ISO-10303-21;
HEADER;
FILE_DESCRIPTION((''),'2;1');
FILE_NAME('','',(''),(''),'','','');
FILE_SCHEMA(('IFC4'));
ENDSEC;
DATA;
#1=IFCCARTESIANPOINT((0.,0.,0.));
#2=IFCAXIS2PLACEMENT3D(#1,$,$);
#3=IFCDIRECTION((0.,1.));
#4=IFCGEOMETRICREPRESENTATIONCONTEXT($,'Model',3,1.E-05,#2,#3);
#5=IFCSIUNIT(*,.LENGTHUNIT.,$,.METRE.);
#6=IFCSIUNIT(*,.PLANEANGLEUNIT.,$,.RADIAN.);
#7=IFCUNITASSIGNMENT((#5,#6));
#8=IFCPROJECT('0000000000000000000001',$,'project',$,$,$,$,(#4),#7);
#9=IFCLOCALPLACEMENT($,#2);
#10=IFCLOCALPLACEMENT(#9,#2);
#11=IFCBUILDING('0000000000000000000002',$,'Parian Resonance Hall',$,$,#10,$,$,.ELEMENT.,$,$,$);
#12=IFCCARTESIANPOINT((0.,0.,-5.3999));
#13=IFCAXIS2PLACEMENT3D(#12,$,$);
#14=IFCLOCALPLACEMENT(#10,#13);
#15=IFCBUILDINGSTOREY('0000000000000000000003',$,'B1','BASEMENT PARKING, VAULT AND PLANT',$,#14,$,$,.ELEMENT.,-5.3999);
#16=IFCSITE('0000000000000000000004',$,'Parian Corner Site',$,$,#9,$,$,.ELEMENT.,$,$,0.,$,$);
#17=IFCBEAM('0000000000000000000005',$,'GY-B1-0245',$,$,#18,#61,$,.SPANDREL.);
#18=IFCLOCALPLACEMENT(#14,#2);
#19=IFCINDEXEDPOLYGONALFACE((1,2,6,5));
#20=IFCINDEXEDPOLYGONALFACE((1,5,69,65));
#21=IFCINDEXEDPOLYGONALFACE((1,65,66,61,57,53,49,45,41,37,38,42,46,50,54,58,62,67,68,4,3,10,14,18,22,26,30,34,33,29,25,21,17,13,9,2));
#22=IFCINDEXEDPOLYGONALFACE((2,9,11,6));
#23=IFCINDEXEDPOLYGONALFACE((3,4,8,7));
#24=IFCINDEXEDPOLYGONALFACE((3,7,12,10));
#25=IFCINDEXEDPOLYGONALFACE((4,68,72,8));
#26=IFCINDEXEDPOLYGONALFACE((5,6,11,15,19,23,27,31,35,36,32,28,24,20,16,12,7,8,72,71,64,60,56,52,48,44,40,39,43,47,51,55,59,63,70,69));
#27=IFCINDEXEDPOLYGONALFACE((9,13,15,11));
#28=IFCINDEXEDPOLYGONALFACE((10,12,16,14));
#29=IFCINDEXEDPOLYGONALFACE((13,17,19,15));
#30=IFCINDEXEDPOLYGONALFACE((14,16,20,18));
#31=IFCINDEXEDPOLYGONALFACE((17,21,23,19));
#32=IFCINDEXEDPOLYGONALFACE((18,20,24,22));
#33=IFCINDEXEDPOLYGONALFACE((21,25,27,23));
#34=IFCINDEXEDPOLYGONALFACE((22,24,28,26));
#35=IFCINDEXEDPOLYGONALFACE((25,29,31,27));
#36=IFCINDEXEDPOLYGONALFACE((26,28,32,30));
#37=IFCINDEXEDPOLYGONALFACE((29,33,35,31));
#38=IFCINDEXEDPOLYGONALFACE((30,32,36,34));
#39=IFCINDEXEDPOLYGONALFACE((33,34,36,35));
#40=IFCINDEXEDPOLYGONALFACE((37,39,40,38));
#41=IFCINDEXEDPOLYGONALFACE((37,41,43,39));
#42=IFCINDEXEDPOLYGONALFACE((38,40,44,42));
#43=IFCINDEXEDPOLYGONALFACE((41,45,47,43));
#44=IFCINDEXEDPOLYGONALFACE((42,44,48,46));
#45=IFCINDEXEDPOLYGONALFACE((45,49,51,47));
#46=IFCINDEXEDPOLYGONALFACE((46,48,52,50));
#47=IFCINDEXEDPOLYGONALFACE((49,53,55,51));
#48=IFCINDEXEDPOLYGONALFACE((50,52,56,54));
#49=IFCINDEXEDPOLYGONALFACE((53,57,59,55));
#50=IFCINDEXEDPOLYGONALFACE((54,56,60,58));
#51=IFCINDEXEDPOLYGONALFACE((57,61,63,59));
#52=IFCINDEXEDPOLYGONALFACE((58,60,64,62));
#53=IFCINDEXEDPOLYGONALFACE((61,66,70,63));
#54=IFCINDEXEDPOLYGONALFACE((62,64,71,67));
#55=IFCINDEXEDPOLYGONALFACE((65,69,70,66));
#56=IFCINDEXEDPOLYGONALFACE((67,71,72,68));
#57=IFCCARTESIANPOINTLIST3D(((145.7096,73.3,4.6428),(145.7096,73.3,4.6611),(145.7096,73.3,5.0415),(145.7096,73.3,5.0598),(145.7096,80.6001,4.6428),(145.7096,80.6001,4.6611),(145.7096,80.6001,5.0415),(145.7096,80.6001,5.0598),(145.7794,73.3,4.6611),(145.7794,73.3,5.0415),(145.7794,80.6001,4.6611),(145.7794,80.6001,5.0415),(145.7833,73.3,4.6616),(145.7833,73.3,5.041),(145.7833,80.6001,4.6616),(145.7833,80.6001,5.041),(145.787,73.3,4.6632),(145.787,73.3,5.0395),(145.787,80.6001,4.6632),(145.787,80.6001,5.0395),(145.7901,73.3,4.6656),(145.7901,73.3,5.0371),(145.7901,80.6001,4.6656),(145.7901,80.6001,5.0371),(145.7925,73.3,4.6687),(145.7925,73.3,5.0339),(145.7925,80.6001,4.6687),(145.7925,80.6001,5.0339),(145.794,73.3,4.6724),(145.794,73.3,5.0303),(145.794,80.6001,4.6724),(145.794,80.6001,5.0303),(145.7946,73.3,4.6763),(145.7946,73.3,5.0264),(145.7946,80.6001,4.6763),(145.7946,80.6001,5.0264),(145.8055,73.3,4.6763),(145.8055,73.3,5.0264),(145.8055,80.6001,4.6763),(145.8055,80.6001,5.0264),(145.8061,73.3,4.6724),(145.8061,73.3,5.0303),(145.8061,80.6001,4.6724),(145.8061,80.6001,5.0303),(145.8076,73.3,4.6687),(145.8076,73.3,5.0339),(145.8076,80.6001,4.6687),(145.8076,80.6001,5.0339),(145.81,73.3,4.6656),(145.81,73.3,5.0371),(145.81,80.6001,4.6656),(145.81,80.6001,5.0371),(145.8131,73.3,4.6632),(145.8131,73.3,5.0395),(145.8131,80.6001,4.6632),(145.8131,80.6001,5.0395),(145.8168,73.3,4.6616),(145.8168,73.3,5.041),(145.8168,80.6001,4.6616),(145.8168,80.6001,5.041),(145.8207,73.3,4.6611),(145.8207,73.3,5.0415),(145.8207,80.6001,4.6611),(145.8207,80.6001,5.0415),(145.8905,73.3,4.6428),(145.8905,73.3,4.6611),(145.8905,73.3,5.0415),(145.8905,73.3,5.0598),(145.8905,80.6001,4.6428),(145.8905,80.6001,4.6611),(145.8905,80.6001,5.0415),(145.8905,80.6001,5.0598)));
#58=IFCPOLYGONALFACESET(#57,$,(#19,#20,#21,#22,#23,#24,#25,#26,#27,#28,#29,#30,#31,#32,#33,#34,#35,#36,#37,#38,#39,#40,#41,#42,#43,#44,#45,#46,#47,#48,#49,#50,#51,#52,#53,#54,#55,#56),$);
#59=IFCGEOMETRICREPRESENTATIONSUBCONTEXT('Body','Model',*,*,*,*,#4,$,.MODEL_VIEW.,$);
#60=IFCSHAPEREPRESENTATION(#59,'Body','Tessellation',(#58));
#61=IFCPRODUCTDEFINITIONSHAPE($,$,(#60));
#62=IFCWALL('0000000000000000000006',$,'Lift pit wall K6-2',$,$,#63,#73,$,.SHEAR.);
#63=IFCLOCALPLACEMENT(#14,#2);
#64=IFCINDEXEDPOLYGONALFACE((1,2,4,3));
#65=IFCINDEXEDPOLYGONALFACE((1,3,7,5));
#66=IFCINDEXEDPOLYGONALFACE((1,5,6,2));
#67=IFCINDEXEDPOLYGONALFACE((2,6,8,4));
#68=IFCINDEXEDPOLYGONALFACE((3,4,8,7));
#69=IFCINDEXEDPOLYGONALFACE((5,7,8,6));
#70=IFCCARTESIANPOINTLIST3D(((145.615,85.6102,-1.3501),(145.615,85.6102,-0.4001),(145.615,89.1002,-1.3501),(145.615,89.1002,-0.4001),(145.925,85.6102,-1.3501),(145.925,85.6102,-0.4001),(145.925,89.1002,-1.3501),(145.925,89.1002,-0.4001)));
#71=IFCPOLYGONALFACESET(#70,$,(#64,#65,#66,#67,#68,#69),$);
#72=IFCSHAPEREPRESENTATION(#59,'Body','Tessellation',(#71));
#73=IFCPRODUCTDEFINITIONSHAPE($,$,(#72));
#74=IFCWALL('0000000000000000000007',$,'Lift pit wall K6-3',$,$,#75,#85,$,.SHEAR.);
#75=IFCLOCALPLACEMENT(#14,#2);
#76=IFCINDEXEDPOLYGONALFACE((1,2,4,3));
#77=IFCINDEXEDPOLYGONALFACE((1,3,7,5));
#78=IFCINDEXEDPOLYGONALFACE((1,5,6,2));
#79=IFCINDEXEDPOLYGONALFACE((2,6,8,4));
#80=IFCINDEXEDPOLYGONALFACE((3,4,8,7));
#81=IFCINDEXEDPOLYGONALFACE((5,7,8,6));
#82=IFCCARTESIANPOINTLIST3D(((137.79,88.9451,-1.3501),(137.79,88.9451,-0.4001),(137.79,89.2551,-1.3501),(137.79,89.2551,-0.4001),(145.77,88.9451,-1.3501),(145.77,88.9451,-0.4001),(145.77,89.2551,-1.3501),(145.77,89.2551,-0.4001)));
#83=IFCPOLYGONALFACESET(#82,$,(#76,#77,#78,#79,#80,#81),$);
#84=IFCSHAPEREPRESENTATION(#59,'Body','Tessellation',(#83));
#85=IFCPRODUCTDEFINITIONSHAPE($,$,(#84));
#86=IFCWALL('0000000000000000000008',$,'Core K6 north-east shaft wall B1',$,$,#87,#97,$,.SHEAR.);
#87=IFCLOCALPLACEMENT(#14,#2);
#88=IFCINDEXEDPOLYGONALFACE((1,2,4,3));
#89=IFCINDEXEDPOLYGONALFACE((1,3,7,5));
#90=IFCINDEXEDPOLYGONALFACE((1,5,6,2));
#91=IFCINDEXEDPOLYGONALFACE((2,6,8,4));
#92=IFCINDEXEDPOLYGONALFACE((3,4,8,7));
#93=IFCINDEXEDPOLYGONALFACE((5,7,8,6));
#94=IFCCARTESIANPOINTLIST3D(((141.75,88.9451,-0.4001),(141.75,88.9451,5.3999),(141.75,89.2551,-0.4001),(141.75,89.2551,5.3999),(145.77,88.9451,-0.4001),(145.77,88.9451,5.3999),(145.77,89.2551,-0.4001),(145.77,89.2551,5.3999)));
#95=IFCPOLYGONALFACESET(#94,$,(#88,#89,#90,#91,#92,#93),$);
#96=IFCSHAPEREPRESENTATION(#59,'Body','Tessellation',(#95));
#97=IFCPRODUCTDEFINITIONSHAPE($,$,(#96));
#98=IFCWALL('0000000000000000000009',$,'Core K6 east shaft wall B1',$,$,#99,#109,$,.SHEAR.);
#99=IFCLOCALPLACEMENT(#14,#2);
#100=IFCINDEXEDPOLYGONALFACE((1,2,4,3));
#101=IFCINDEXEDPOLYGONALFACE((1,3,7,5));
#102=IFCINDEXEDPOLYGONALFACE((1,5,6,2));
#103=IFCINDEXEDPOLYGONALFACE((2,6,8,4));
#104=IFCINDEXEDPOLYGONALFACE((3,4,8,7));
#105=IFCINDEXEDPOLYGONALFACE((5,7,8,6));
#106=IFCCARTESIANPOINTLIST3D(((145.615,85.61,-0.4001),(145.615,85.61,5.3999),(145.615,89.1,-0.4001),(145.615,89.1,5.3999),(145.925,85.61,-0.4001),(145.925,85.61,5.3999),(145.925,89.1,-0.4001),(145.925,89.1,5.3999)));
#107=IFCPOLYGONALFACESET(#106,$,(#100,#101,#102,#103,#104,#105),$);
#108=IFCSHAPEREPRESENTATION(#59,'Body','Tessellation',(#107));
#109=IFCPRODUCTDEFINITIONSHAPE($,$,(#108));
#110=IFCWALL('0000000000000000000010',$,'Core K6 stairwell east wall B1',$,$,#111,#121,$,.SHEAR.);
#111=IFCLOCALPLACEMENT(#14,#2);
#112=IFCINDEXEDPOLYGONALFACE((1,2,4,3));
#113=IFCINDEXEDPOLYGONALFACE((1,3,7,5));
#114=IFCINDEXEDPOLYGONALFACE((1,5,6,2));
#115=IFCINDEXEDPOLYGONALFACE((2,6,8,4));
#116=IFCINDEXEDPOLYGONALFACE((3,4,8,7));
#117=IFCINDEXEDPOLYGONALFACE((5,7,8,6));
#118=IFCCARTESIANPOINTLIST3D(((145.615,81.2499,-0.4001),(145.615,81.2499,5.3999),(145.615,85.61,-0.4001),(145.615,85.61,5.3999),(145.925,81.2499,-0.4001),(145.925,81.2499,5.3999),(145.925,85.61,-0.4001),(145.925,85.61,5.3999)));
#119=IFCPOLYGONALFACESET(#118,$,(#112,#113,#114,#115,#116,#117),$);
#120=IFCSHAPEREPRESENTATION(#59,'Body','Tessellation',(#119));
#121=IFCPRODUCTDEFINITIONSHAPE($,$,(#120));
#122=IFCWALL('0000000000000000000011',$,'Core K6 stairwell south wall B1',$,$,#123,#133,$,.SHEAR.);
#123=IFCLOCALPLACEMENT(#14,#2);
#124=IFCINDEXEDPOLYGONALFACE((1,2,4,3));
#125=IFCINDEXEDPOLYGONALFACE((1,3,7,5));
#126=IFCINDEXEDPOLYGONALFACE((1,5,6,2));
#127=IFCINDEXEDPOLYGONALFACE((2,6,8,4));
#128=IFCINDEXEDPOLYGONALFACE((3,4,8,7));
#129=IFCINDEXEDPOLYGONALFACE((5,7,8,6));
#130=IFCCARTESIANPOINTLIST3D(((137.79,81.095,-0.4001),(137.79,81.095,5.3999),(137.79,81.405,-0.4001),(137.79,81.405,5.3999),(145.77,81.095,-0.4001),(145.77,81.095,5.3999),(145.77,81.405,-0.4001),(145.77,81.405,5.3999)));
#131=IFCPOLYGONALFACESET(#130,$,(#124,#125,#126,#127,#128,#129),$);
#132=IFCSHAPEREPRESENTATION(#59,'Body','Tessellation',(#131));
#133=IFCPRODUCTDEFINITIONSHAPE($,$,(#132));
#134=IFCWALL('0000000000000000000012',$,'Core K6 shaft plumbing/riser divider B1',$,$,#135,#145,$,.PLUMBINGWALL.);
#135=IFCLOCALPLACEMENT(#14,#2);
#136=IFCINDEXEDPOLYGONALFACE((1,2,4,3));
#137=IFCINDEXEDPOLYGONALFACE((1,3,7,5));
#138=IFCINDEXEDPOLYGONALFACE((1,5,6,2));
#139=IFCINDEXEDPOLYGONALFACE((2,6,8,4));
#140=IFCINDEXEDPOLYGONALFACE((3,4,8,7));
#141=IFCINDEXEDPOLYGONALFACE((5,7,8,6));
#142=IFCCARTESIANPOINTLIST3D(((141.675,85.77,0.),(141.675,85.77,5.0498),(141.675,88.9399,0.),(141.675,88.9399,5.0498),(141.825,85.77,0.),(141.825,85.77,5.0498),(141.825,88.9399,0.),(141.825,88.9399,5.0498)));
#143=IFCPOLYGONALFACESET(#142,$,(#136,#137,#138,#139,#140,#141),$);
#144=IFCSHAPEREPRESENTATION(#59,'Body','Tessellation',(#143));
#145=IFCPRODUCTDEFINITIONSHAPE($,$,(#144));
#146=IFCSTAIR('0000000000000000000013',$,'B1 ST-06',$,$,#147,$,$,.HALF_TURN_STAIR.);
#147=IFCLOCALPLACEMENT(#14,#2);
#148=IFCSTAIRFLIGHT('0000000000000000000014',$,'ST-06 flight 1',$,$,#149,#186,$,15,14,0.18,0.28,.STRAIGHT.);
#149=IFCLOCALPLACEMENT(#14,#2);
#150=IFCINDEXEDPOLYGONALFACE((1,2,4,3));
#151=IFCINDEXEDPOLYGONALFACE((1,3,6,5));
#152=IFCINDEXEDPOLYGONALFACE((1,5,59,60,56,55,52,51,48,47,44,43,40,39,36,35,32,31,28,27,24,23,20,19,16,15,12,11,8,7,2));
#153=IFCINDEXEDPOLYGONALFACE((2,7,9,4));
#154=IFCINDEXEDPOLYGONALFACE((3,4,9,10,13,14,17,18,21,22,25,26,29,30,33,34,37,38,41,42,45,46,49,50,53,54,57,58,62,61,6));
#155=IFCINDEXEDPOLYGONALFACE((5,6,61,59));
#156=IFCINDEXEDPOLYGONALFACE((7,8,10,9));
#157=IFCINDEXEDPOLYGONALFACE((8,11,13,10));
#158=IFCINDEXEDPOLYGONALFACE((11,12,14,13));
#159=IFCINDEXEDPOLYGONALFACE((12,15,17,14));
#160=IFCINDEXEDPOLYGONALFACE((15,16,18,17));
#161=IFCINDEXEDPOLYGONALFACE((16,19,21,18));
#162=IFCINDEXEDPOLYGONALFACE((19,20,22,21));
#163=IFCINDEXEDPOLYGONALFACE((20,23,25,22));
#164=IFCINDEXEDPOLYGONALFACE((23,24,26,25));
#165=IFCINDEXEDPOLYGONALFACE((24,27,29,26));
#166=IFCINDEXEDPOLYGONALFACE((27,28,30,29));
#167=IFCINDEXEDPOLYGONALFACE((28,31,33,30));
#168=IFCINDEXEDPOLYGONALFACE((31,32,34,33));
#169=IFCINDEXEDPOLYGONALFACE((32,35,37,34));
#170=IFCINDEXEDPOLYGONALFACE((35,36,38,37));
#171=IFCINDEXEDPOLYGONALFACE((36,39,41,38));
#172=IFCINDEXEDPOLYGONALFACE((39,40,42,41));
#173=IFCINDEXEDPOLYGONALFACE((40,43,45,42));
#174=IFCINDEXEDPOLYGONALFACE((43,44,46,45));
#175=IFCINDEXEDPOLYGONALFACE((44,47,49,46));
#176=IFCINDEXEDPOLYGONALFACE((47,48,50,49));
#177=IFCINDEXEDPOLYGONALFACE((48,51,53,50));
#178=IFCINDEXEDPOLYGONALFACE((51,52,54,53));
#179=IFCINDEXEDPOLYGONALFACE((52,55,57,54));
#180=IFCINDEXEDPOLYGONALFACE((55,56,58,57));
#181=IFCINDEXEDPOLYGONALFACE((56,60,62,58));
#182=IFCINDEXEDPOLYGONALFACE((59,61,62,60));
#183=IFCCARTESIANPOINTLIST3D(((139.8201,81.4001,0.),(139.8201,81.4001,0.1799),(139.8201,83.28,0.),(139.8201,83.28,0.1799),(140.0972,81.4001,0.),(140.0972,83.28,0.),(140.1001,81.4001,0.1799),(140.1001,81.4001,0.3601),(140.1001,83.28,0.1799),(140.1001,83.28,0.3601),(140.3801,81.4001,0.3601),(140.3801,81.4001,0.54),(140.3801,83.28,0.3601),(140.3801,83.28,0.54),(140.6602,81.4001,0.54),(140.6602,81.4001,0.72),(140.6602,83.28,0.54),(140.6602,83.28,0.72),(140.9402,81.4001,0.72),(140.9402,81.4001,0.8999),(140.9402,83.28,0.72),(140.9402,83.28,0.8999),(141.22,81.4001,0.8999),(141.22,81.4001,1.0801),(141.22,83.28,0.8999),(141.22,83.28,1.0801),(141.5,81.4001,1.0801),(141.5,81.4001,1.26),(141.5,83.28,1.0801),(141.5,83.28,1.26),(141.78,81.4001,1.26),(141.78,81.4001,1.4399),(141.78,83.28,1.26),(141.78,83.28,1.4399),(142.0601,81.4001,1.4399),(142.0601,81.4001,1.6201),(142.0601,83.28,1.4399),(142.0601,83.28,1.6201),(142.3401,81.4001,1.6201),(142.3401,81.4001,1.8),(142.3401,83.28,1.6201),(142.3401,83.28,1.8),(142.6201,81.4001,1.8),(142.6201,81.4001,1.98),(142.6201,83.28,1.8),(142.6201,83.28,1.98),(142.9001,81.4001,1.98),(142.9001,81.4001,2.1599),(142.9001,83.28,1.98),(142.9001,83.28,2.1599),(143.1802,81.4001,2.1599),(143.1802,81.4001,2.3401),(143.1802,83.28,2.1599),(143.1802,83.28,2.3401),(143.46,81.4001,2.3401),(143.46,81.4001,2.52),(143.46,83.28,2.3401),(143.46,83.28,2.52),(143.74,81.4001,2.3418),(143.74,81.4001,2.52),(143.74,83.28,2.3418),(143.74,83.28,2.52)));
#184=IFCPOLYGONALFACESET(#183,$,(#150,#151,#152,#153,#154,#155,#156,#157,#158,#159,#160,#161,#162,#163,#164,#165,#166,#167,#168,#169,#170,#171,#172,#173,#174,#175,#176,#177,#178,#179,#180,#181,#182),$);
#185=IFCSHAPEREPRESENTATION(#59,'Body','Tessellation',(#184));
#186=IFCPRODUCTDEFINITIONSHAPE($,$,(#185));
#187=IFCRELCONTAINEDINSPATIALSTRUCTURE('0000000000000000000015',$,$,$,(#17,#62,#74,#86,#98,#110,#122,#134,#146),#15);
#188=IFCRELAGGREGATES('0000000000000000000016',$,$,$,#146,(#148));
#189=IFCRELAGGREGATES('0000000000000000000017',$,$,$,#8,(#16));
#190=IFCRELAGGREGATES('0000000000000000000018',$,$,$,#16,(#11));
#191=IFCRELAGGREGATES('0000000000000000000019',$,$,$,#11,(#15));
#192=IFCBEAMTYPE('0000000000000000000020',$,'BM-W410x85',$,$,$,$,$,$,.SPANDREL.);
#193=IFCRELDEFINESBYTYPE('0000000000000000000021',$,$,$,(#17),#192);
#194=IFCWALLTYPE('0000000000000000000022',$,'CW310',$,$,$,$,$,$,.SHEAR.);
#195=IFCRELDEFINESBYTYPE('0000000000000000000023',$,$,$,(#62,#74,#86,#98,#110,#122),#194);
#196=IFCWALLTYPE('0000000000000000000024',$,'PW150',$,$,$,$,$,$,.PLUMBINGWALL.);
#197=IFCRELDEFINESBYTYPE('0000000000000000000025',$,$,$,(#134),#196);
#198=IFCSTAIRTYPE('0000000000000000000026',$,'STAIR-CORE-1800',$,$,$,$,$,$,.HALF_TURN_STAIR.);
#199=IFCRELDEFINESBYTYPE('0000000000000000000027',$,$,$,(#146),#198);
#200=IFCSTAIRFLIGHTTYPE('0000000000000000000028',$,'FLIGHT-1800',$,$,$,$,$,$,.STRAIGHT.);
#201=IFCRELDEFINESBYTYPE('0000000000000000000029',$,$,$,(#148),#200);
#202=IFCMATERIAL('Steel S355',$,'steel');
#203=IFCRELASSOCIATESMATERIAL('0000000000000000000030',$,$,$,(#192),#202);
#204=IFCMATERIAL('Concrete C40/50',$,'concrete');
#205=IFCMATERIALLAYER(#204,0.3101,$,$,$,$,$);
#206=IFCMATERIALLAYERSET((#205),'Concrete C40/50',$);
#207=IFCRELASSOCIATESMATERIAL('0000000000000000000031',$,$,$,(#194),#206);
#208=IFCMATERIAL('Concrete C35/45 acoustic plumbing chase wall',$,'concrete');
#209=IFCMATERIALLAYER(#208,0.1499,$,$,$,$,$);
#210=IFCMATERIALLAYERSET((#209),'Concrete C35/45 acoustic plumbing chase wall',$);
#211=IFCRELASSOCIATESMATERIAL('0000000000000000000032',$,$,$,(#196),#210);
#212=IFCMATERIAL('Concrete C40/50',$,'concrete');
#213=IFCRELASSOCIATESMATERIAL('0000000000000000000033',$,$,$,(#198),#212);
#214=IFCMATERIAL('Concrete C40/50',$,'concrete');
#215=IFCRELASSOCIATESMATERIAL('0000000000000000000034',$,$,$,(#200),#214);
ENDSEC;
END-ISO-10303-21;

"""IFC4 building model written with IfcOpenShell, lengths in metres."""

from ifc_helpers import new_model, si_unit, direction, frame, frame_2d, origin, origin_2d, place, context, subcontext, project, spatial, polyline, rectangle, i_section, outline, extrude, material, layer, layer_set, material_profile, profile_set, type_object, element, aggregate, save


model = new_model("IFC4")

# Units and contexts
model_context = context("Model", 3, precision=1e-05, world=origin(), true_north=direction((0.0, 1.0)))
body_context = subcontext(model_context, "Body", "Model", "MODEL_VIEW")
ifc_project = project(units=[si_unit("LENGTHUNIT", "METRE"), si_unit("PLANEANGLEUNIT", "RADIAN")], contexts=[model_context])

# Site, building, storey
site_placement = place(None, origin())
site = spatial("IfcSite", under=ifc_project, at=site_placement, Name="Parian Corner Site", CompositionType="ELEMENT", RefElevation=0.0)
building_placement = place(site_placement, origin())
building = spatial("IfcBuilding", under=site, at=building_placement, Name="Parian Resonance Hall", CompositionType="ELEMENT")
storey_placement = place(building_placement, frame((0.0, 0.0, -5.3999)))
storey = spatial("IfcBuildingStorey", under=building, at=storey_placement, Name="B1", Description="BASEMENT PARKING, VAULT AND PLANT", CompositionType="ELEMENT", Elevation=-5.3999)

# Beam
ifc_material_1 = material(Name="Steel S355", Category="steel")
ifc_material_profile_1 = material_profile(ifc_material_1, i_section(OverallWidth=0.1809, OverallDepth=0.417, WebThickness=0.011, FlangeThickness=0.0183, FilletRadius=0.0151, at=origin_2d()), Name="W410x85")
ifc_profile_set_1 = profile_set([ifc_material_profile_1], Name="Steel S355")
beam_type_1 = type_object("IfcBeamType", Name="BM-W410x85", PredefinedType="SPANDREL", material=ifc_profile_set_1)
beam_1_placement = place(storey_placement, frame((145.8, 73.3, 4.8513), z_axis=(0.0, 1.0, 0.0), x_axis=(-1.0, 0.0, 0.0)))
element("IfcBeam", 1, at=beam_1_placement, inside=storey, type_object=beam_type_1, Name="GY-B1-0245", PredefinedType="SPANDREL", context=body_context, shape_type="SweptSolid", body=[
    extrude(i_section(OverallWidth=0.1809, OverallDepth=0.417, WebThickness=0.011, FlangeThickness=0.0183, FilletRadius=0.0151, at=origin_2d()), origin(), (0.0, 0.0, 1.0), 7.3),
])

# Walls
ifc_material_2 = material(Name="Concrete C40/50", Category="concrete")
ifc_layer_1 = layer(ifc_material_2, 0.3101)
ifc_layer_set_1 = layer_set([ifc_layer_1], Name="Concrete C40/50")
wall_type_1 = type_object("IfcWallType", Name="CW310", PredefinedType="SHEAR", material=ifc_layer_set_1)
wall_1_placement = place(storey_placement, frame((145.77, 85.6101, -1.3501), z_axis=(0.0, 0.0, 1.0), x_axis=(0.0, 1.0, 0.0)))
element("IfcWall", 2, at=wall_1_placement, inside=storey, type_object=wall_type_1, Name="Lift pit wall K6-2", PredefinedType="SHEAR", context=body_context, shape_type="SweptSolid", body=[
    extrude(rectangle(XDim=3.49, YDim=0.3101, at=frame_2d((1.7451, 0.0))), origin(), (0.0, 0.0, 1.0), 0.95),
])
wall_2_placement = place(storey_placement, frame((145.77, 89.1001, -1.3501), z_axis=(0.0, 0.0, 1.0), x_axis=(-1.0, 0.0, 0.0)))
element("IfcWall", 3, at=wall_2_placement, inside=storey, type_object=wall_type_1, Name="Lift pit wall K6-3", PredefinedType="SHEAR", context=body_context, shape_type="SweptSolid", body=[
    extrude(rectangle(XDim=7.98, YDim=0.3101, at=frame_2d((3.99, 0.0))), origin(), (0.0, 0.0, 1.0), 0.95),
])
wall_3_placement = place(storey_placement, frame((141.75, 89.1001, -0.4001), z_axis=(0.0, 0.0, 1.0), x_axis=(1.0, 0.0, 0.0)))
element("IfcWall", 4, at=wall_3_placement, inside=storey, type_object=wall_type_1, Name="Core K6 north-east shaft wall B1", PredefinedType="SHEAR", context=body_context, shape_type="SweptSolid", body=[
    extrude(rectangle(XDim=4.02, YDim=0.3101, at=frame_2d((2.01, 0.0))), origin(), (0.0, 0.0, 1.0), 5.8),
])
wall_4_placement = place(storey_placement, frame((145.77, 89.1001, -0.4001), z_axis=(0.0, 0.0, 1.0), x_axis=(0.0, -1.0, 0.0)))
element("IfcWall", 5, at=wall_4_placement, inside=storey, type_object=wall_type_1, Name="Core K6 east shaft wall B1", PredefinedType="SHEAR", context=body_context, shape_type="SweptSolid", body=[
    extrude(rectangle(XDim=3.49, YDim=0.3101, at=frame_2d((1.7451, 0.0))), origin(), (0.0, 0.0, 1.0), 5.8),
])
wall_5_placement = place(storey_placement, frame((145.77, 85.6101, -0.4001), z_axis=(0.0, 0.0, 1.0), x_axis=(0.0, -1.0, 0.0)))
element("IfcWall", 6, at=wall_5_placement, inside=storey, type_object=wall_type_1, Name="Core K6 stairwell east wall B1", PredefinedType="SHEAR", context=body_context, shape_type="SweptSolid", body=[
    extrude(rectangle(XDim=4.3601, YDim=0.3101, at=frame_2d((2.1802, 0.0))), origin(), (0.0, 0.0, 1.0), 5.8),
])
wall_6_placement = place(storey_placement, frame((145.77, 81.25, -0.4001), z_axis=(0.0, 0.0, 1.0), x_axis=(-1.0, 0.0, 0.0)))
element("IfcWall", 7, at=wall_6_placement, inside=storey, type_object=wall_type_1, Name="Core K6 stairwell south wall B1", PredefinedType="SHEAR", context=body_context, shape_type="SweptSolid", body=[
    extrude(rectangle(XDim=7.98, YDim=0.3101, at=frame_2d((3.99, 0.0))), origin(), (0.0, 0.0, 1.0), 5.8),
])
ifc_material_3 = material(Name="Concrete C35/45 acoustic plumbing chase wall", Category="concrete")
ifc_layer_2 = layer(ifc_material_3, 0.1499)
ifc_layer_set_2 = layer_set([ifc_layer_2], Name="Concrete C35/45 acoustic plumbing chase wall")
wall_type_2 = type_object("IfcWallType", Name="PW150", PredefinedType="PLUMBINGWALL", material=ifc_layer_set_2)
wall_7_placement = place(storey_placement, frame((141.75, 85.77, 0.0), z_axis=(0.0, 0.0, 1.0), x_axis=(0.0, 1.0, 0.0)))
element("IfcWall", 8, at=wall_7_placement, inside=storey, type_object=wall_type_2, Name="Core K6 shaft plumbing/riser divider B1", PredefinedType="PLUMBINGWALL", context=body_context, shape_type="SweptSolid", body=[
    extrude(rectangle(XDim=3.1699, YDim=0.1499, at=frame_2d((1.585, 0.0))), origin(), (0.0, 0.0, 1.0), 5.0498),
])

# Stair, stair flight
ifc_material_4 = material(Name="Concrete C40/50", Category="concrete")
stair_type = type_object("IfcStairType", Name="STAIR-CORE-1800", PredefinedType="HALF_TURN_STAIR", material=ifc_material_4)
stair_placement = place(storey_placement, origin())
stair = element("IfcStair", 9, at=stair_placement, inside=storey, type_object=stair_type, Name="B1 ST-06", PredefinedType="HALF_TURN_STAIR")
ifc_material_5 = material(Name="Concrete C40/50", Category="concrete")
stair_flight_type = type_object("IfcStairFlightType", Name="FLIGHT-1800", PredefinedType="STRAIGHT", material=ifc_material_5)
stair_flight_1_placement = place(storey_placement, frame((139.8201, 82.3401, 0.0), z_axis=(0.0, 0.0, 1.0), x_axis=(1.0, 0.0, 0.0)))
stair_flight_1 = element("IfcStairFlight", 10, at=stair_flight_1_placement, type_object=stair_flight_type, Name="ST-06 flight 1", NumberOfRisers=15, NumberOfTreads=14, PredefinedType="STRAIGHT", RiserHeight=0.18, TreadLength=0.28, context=body_context, shape_type="SweptSolid", body=[
    extrude(outline(polyline([(0.0, 0.0), (0.0, 0.1799), (0.28, 0.1799), (0.28, 0.3601), (0.5601, 0.3601), (0.5601, 0.54), (0.8401, 0.54), (0.8401, 0.72), (1.1201, 0.72), (1.1201, 0.8999), (1.3999, 0.8999), (1.3999, 1.0801), (1.6799, 1.0801), (1.6799, 1.26), (1.96, 1.26), (1.96, 1.4399), (2.24, 1.4399), (2.24, 1.6201), (2.52, 1.6201), (2.52, 1.8), (2.8, 1.8), (2.8, 1.98), (3.0801, 1.98), (3.0801, 2.1599), (3.3601, 2.1599), (3.3601, 2.3401), (3.6399, 2.3401), (3.6399, 2.52), (3.9199, 2.52), (3.9199, 2.7), (3.9199, 2.3418), (0.2771, 0.0), (0.0, 0.0)])), frame((0.0, 0.9399, 0.0), z_axis=(0.0, -1.0, 0.0), x_axis=(1.0, 0.0, 0.0)), (0.0, 0.0, 1.0), 1.8799),
])
aggregate(stair, [stair_flight_1])

save(model, "model.ifc")
